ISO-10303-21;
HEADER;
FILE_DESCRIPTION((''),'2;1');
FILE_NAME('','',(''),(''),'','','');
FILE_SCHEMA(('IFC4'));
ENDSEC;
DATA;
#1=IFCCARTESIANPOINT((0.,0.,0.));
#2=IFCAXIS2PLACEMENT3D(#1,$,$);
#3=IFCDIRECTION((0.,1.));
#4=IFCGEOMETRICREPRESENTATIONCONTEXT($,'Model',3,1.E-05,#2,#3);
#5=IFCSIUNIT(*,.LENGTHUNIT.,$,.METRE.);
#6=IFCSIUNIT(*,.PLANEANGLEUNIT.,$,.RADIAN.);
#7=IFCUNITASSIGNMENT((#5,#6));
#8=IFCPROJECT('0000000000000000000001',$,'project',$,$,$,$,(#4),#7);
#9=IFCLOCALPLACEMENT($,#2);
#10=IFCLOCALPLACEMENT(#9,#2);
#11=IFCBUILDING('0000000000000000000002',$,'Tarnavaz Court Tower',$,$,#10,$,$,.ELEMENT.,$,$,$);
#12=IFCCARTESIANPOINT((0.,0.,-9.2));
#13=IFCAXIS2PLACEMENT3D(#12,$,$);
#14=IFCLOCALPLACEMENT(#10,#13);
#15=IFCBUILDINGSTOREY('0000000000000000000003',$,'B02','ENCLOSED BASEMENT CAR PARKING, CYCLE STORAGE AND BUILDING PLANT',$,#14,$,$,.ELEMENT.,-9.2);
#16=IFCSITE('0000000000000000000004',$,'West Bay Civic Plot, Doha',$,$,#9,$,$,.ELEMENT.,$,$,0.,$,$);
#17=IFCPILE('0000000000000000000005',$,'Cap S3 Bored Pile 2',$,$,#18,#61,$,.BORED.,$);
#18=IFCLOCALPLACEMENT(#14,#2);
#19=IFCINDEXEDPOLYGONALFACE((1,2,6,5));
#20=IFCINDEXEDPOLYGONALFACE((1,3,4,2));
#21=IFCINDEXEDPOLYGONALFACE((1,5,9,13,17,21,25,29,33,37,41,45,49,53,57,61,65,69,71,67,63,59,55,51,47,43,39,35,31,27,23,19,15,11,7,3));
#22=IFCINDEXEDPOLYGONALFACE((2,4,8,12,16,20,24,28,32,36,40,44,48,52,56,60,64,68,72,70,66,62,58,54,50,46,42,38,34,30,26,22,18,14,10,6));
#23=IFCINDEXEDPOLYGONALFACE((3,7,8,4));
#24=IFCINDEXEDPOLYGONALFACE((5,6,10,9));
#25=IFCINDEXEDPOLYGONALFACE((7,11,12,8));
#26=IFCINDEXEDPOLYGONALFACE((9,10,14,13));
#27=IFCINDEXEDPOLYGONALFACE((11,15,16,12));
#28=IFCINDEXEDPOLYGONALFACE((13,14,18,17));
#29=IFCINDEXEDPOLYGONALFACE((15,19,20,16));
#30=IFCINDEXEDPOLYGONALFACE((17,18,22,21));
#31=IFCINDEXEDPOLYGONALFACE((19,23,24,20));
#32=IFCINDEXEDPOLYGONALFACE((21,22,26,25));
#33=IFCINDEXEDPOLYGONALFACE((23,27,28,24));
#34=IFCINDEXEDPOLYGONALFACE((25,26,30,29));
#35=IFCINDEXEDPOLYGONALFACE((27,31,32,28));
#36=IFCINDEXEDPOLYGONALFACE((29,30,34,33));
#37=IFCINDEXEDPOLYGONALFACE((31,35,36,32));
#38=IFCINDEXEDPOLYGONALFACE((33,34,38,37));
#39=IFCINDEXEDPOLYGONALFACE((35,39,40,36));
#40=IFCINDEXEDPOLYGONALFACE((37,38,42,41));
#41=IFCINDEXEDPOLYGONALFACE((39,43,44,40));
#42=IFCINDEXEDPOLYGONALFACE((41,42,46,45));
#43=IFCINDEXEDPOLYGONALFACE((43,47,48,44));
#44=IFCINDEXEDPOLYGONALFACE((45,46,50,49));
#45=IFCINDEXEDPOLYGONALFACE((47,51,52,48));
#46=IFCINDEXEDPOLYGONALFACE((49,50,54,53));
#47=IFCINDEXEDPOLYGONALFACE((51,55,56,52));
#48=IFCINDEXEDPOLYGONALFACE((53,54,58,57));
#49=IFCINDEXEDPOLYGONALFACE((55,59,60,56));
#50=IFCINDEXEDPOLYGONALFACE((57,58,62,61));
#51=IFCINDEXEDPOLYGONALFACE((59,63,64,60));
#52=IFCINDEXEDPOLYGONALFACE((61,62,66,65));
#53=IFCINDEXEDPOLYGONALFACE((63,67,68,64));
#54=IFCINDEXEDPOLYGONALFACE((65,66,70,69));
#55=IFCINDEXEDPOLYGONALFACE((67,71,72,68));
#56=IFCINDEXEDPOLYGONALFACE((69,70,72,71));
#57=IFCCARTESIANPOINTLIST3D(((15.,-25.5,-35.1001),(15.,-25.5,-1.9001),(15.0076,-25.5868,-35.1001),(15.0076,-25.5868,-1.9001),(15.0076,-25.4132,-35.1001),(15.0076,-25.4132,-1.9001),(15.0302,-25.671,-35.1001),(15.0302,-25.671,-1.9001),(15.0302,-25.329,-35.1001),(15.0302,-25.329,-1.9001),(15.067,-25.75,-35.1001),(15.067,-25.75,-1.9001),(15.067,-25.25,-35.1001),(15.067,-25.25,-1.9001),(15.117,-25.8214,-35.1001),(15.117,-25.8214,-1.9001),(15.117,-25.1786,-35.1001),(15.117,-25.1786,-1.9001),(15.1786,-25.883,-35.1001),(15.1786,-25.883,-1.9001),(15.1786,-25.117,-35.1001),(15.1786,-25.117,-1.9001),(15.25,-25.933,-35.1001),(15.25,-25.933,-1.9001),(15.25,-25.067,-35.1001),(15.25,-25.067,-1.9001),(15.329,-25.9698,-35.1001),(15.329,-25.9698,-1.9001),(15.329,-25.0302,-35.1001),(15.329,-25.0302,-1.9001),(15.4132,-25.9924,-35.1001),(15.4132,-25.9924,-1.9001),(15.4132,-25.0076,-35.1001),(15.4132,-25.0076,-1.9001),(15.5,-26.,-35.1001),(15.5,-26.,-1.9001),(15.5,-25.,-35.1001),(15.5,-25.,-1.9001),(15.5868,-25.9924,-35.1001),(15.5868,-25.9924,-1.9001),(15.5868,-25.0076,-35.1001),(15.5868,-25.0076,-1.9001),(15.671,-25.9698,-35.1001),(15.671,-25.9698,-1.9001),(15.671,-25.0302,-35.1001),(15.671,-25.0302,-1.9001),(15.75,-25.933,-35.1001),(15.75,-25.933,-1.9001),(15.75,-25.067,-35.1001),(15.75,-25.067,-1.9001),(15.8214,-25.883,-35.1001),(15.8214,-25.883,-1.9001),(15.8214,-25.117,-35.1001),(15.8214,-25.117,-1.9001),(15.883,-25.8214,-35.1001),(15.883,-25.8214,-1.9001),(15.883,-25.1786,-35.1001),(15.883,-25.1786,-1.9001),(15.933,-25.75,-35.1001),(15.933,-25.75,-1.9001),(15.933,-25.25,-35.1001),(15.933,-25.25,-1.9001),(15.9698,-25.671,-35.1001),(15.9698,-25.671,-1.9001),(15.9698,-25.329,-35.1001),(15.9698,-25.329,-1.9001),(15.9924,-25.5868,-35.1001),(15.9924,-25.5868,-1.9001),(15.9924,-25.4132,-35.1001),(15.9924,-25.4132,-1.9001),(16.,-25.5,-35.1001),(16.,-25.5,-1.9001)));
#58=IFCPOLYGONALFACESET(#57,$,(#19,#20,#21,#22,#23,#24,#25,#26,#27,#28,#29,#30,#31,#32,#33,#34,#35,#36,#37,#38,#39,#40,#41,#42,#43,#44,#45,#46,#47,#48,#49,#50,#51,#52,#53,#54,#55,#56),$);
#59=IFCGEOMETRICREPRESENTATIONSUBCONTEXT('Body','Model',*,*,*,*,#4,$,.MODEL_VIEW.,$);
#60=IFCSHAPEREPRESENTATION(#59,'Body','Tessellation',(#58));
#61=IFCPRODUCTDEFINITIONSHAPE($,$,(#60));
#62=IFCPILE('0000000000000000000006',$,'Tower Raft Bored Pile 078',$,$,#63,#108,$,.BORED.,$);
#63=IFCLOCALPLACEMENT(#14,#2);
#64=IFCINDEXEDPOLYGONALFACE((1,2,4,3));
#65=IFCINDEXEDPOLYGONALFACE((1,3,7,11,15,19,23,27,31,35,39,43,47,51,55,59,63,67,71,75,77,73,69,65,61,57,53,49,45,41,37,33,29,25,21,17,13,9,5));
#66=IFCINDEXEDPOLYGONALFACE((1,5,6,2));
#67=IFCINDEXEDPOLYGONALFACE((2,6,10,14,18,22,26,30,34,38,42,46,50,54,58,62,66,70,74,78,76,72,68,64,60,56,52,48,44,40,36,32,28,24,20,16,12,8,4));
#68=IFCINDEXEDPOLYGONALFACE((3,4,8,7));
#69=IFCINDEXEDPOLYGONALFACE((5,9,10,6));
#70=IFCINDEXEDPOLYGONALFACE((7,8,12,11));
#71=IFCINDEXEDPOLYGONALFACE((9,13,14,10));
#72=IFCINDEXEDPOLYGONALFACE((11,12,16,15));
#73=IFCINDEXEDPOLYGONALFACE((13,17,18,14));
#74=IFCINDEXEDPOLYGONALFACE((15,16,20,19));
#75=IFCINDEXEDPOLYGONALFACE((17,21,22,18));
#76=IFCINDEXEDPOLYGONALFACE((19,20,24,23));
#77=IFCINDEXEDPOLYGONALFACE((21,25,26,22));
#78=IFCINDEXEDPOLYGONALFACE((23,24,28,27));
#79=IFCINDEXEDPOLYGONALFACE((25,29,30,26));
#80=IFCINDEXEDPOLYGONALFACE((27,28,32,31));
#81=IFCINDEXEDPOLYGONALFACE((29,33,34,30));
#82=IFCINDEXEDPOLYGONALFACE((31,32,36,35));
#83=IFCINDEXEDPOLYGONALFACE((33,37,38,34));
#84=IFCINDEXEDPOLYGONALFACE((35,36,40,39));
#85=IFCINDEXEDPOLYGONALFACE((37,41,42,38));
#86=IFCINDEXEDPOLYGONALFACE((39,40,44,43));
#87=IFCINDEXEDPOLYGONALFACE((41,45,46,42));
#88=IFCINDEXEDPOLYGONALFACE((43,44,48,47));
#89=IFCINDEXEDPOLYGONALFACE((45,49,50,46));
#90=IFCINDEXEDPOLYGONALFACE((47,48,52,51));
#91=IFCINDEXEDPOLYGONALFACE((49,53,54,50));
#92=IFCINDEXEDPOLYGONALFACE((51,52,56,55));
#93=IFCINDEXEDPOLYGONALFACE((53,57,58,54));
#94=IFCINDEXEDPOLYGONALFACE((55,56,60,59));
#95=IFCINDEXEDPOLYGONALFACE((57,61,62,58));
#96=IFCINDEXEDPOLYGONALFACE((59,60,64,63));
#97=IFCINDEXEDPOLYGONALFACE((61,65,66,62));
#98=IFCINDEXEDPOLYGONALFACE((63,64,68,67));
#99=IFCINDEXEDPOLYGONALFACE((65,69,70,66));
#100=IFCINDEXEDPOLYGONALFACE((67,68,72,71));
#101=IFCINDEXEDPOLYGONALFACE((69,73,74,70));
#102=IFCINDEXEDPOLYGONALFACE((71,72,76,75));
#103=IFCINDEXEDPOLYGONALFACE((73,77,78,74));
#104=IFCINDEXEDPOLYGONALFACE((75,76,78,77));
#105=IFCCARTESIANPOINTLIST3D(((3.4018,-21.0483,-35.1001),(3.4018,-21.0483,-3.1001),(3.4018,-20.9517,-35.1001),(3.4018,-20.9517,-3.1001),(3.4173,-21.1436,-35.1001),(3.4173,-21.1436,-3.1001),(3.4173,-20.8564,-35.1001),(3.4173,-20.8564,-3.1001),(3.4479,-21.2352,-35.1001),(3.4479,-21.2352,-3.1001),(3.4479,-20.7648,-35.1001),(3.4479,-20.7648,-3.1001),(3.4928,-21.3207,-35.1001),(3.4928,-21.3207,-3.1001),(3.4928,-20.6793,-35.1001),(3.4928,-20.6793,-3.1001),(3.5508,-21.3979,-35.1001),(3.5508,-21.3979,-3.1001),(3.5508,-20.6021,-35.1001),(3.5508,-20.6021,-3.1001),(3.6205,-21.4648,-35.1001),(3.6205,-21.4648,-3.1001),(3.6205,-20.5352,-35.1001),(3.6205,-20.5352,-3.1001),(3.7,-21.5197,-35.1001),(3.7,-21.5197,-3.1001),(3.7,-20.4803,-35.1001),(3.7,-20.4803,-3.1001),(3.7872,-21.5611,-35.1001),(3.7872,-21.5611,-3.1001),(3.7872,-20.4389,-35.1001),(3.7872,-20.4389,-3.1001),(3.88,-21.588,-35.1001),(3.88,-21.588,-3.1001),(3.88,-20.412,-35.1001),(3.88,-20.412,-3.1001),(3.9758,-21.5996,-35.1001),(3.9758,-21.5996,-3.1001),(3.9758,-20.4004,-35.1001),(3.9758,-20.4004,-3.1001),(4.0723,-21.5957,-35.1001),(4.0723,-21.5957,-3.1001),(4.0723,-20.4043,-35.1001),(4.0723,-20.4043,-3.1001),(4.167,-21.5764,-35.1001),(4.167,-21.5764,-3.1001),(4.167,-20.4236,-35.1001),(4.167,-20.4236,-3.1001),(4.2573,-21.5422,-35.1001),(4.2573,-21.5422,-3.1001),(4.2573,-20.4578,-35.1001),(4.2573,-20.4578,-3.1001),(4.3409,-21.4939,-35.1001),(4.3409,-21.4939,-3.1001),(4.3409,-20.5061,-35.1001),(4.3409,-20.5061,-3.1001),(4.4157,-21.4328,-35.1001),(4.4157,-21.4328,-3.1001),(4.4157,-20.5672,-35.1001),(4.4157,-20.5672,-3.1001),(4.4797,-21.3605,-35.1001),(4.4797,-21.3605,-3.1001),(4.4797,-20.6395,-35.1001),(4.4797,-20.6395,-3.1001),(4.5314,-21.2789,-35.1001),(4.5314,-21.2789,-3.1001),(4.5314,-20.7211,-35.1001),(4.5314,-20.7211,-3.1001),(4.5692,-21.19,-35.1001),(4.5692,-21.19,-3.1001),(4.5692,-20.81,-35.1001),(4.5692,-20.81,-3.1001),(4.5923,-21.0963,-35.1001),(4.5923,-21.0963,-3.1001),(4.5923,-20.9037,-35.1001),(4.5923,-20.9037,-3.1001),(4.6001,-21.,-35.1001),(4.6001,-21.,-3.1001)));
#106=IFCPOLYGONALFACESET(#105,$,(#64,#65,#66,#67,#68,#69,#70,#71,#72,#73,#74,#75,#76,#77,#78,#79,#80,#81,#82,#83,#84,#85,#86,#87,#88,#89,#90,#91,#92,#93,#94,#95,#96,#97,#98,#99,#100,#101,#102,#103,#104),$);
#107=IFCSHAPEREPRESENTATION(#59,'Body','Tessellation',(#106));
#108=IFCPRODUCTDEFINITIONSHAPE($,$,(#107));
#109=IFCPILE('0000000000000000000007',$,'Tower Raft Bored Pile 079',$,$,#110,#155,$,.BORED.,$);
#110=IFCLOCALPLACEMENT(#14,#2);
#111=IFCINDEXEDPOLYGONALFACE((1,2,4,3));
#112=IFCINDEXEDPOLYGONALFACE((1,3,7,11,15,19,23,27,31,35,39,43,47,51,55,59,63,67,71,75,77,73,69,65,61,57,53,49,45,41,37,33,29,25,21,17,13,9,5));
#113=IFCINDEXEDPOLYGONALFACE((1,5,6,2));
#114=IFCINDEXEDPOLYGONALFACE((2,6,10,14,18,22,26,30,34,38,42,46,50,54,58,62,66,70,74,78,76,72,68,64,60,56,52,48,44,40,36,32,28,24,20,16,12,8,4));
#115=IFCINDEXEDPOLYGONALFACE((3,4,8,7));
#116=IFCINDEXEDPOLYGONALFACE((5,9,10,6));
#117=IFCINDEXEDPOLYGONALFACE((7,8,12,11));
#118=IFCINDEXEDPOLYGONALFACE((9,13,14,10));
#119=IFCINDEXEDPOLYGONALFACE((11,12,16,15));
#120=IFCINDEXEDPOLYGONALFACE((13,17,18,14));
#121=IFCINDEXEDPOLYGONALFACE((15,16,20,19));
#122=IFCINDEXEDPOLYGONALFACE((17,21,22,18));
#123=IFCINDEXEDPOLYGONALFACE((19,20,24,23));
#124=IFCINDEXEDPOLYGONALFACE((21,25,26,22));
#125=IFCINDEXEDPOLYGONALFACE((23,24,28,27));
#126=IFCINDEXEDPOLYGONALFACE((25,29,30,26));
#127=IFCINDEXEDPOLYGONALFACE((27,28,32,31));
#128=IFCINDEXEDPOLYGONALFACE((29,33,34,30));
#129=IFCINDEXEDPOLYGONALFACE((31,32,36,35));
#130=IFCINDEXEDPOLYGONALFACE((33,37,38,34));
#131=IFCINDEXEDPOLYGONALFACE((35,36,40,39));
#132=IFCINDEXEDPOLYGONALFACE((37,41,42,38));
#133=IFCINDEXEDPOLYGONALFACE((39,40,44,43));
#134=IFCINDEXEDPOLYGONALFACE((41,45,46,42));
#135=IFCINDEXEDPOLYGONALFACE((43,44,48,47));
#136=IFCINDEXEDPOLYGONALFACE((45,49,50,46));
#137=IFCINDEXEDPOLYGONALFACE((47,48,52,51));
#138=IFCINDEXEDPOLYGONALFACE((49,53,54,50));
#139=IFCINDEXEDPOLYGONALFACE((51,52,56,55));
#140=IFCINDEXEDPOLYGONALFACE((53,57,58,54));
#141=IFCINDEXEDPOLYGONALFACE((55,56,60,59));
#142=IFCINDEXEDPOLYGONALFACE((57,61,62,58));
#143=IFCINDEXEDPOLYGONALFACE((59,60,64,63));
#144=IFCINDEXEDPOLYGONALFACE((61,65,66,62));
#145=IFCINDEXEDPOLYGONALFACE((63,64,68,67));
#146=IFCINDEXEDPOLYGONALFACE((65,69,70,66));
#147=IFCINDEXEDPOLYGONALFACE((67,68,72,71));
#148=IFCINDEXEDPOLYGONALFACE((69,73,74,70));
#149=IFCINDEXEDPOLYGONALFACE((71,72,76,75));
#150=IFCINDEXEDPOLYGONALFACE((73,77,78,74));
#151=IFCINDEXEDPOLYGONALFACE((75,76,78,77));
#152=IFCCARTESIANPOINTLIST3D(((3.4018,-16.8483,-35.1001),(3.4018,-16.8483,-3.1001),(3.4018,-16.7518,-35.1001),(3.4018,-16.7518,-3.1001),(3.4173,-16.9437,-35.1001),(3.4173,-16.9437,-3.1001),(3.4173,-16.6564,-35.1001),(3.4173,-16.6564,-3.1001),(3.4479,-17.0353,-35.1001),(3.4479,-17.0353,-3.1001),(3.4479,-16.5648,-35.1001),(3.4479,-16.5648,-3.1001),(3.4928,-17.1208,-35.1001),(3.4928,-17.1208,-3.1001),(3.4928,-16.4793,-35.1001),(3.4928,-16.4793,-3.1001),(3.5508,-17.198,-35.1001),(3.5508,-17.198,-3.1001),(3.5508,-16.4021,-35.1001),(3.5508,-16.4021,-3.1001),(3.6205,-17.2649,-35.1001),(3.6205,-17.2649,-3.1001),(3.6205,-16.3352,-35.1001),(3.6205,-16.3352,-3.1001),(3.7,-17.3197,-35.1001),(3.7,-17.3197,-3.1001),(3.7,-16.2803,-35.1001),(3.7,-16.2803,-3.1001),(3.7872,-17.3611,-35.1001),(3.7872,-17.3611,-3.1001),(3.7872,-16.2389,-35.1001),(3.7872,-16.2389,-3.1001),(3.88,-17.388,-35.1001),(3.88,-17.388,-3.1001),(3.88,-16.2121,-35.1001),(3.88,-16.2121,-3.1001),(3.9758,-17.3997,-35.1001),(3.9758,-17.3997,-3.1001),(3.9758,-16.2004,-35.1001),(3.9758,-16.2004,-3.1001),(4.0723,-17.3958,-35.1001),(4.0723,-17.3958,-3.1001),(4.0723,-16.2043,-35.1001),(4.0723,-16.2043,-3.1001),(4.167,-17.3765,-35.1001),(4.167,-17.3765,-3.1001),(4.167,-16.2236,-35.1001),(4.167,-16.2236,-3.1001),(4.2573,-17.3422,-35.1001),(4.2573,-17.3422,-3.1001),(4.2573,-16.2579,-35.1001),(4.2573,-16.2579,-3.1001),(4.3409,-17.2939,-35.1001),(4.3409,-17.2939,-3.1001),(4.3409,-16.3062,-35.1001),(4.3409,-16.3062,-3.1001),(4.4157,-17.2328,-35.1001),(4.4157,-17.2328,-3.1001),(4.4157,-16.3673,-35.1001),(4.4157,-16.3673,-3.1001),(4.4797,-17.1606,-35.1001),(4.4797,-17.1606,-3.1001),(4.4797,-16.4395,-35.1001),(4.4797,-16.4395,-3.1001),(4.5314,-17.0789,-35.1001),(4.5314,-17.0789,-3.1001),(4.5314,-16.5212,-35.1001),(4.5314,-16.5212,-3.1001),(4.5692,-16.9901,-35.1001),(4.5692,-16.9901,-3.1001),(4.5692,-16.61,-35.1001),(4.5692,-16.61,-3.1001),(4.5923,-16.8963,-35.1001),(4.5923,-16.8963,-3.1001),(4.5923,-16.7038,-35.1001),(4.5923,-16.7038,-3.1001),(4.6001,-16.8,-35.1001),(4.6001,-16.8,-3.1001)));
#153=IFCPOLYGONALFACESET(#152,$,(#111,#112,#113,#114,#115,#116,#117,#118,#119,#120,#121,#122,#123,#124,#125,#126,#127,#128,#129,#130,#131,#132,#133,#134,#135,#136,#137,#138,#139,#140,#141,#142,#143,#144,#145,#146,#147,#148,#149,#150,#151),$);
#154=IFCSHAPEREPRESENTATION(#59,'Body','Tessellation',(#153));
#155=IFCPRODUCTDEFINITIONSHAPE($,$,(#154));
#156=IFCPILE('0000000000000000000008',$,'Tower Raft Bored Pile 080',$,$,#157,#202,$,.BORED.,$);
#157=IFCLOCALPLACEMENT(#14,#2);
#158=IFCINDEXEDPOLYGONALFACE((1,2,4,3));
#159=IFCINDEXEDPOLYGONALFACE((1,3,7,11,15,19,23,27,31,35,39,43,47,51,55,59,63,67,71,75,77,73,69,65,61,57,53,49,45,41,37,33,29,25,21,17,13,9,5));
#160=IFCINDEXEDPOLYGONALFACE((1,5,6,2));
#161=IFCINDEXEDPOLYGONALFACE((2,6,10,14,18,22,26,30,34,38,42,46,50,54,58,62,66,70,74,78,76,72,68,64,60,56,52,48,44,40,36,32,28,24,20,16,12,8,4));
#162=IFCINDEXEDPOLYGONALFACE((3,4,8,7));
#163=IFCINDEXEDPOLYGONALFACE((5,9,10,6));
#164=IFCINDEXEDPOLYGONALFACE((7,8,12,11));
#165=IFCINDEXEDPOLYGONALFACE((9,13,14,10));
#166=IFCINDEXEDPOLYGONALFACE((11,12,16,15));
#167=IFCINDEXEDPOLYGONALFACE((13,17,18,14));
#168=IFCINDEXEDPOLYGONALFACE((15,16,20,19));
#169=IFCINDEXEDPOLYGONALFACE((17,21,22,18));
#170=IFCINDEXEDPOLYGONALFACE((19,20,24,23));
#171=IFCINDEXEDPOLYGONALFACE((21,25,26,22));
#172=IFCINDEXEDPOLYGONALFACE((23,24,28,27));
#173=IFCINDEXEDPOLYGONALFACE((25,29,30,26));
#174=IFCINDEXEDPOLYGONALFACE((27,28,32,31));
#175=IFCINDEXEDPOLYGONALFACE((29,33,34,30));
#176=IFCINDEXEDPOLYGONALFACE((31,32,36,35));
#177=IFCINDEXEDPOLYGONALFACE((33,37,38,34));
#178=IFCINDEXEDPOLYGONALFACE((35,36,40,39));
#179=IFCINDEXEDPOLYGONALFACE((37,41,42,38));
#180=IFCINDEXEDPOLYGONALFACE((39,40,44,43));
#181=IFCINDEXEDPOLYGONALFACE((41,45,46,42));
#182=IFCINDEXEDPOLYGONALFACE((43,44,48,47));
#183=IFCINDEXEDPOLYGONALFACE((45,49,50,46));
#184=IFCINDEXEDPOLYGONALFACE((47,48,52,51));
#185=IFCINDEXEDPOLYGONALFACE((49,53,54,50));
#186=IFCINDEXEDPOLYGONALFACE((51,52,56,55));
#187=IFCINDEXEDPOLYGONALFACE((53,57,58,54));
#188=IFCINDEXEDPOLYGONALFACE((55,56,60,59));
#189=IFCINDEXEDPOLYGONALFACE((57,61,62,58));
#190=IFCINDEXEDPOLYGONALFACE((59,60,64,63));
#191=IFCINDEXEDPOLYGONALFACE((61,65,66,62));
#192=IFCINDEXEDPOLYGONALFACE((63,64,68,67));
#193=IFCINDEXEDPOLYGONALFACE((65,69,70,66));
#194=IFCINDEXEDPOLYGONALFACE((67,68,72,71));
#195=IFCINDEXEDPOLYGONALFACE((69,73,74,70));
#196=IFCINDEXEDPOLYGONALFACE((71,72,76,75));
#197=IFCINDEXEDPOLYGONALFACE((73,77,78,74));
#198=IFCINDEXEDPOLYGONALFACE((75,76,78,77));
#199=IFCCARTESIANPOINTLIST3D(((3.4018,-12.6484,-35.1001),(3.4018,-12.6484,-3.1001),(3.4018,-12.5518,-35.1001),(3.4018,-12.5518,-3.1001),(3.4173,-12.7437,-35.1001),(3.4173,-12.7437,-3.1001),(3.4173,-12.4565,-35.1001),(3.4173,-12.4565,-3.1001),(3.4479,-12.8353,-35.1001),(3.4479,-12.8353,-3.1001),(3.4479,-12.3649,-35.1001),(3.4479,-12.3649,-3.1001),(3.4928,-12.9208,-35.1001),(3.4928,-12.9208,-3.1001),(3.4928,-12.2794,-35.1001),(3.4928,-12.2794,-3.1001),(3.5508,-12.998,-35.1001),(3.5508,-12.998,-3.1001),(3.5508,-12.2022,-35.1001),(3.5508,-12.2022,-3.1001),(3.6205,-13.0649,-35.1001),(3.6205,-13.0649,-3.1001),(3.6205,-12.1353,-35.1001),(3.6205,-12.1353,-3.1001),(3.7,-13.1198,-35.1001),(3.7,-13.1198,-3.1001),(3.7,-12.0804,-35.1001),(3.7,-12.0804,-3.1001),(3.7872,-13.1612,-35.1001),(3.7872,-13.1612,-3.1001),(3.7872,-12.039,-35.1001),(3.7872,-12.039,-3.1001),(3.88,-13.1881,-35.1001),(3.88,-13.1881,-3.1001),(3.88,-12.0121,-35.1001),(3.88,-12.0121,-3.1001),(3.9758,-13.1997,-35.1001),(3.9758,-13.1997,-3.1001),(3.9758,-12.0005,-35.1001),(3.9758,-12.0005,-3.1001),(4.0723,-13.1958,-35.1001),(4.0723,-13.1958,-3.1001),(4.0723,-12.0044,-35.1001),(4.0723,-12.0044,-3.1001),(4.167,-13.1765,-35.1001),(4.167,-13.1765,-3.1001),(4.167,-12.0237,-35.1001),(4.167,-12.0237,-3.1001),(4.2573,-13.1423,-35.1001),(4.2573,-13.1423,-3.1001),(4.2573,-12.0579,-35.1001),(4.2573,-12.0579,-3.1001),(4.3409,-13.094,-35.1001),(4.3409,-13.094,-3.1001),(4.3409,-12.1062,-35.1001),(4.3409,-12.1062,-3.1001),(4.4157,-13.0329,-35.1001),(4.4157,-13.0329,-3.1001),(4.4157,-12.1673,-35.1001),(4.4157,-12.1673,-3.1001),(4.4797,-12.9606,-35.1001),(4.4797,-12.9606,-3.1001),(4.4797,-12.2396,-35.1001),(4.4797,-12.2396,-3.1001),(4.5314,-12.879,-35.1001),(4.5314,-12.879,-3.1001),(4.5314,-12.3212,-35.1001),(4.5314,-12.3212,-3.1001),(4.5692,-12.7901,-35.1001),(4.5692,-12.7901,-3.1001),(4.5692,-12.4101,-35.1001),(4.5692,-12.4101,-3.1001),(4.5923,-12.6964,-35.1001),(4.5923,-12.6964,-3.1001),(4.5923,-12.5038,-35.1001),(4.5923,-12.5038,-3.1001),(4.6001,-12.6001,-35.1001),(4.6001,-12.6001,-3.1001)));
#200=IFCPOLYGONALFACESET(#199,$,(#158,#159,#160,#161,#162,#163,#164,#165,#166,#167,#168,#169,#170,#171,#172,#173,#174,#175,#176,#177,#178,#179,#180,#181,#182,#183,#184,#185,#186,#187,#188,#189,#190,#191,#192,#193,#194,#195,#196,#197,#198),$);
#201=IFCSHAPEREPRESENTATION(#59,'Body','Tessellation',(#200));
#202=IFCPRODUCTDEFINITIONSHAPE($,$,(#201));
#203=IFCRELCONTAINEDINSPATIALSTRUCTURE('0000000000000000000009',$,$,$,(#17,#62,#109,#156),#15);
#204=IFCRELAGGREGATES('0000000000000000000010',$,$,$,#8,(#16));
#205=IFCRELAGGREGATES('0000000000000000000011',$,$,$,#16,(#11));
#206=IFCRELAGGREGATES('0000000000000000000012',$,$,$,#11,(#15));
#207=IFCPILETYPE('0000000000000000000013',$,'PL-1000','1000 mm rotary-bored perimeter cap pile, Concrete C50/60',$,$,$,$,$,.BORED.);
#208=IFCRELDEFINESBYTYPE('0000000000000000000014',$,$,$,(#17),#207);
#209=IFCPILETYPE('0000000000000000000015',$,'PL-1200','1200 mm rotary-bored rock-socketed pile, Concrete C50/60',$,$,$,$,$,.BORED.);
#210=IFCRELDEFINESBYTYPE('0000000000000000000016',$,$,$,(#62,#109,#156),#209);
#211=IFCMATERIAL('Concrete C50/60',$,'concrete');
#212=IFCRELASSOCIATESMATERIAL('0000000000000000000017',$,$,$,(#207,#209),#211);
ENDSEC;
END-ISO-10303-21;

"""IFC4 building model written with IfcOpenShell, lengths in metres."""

from ifc_helpers import new_model, si_unit, direction, frame, origin, origin_2d, place, context, subcontext, project, spatial, circle, extrude, material, material_profile, profile_set, type_object, element, save


model = new_model("IFC4")

# Units and contexts
model_context = context("Model", 3, precision=1e-05, world=origin(), true_north=direction((0.0, 1.0)))
body_context = subcontext(model_context, "Body", "Model", "MODEL_VIEW")
ifc_project = project(units=[si_unit("LENGTHUNIT", "METRE"), si_unit("PLANEANGLEUNIT", "RADIAN")], contexts=[model_context])

# Site, building, storey
site_placement = place(None, origin())
site = spatial("IfcSite", under=ifc_project, at=site_placement, Name="West Bay Civic Plot, Doha", CompositionType="ELEMENT", RefElevation=0.0)
building_placement = place(site_placement, origin())
building = spatial("IfcBuilding", under=site, at=building_placement, Name="Tarnavaz Court Tower", CompositionType="ELEMENT")
storey_placement = place(building_placement, frame((0.0, 0.0, -9.2)))
storey = spatial("IfcBuildingStorey", under=building, at=storey_placement, Name="B02", Description="ENCLOSED BASEMENT CAR PARKING, CYCLE STORAGE AND BUILDING PLANT", CompositionType="ELEMENT", Elevation=-9.2)

# Shared definitions
ifc_material_1 = material(Name="Concrete C50/60", Category="concrete")

# Piles
ifc_material_profile_1 = material_profile(ifc_material_1, circle(Radius=0.5, at=origin_2d()), Name="PILE D1000")
ifc_profile_set_1 = profile_set([ifc_material_profile_1], Name="Concrete C50/60")
pile_type_1 = type_object("IfcPileType", Name="PL-1000", Description="1000 mm rotary-bored perimeter cap pile, Concrete C50/60", PredefinedType="BORED", material=ifc_profile_set_1)
for number, where, z_axis, x_axis, name in (
    (1, (15.5, -25.5, -1.9001), (0.0, 0.0, -1.0), (1.0, 0.0, 0.0), "Cap S3 Bored Pile 2"),
):
    element("IfcPile", number, at=place(storey_placement, frame(where, z_axis=z_axis, x_axis=x_axis)), inside=storey, type_object=pile_type_1, Name=name, PredefinedType="BORED", context=body_context, shape_type="SweptSolid", body=[
        extrude(circle(Radius=0.5, at=origin_2d()), origin(), (0.0, 0.0, 1.0), 33.2),
    ])
ifc_material_profile_2 = material_profile(ifc_material_1, circle(Radius=0.6001, at=origin_2d()), Name="PILE D1200")
ifc_profile_set_2 = profile_set([ifc_material_profile_2], Name="Concrete C50/60")
pile_type_2 = type_object("IfcPileType", Name="PL-1200", Description="1200 mm rotary-bored rock-socketed pile, Concrete C50/60", PredefinedType="BORED", material=ifc_profile_set_2)
for number, where, z_axis, x_axis, name in (
    (2, (4.0, -21.0, -3.1001), (0.0, 0.0, -1.0), (1.0, 0.0, 0.0), "Tower Raft Bored Pile 078"),
    (3, (4.0, -16.8, -3.1001), (0.0, 0.0, -1.0), (1.0, 0.0, 0.0), "Tower Raft Bored Pile 079"),
    (4, (4.0, -12.6001, -3.1001), (0.0, 0.0, -1.0), (1.0, 0.0, 0.0), "Tower Raft Bored Pile 080"),
):
    element("IfcPile", number, at=place(storey_placement, frame(where, z_axis=z_axis, x_axis=x_axis)), inside=storey, type_object=pile_type_2, Name=name, PredefinedType="BORED", context=body_context, shape_type="SweptSolid", body=[
        extrude(circle(Radius=0.6001, at=origin_2d()), origin(), (0.0, 0.0, 1.0), 32.0),
    ])

save(model, "model.ifc")
